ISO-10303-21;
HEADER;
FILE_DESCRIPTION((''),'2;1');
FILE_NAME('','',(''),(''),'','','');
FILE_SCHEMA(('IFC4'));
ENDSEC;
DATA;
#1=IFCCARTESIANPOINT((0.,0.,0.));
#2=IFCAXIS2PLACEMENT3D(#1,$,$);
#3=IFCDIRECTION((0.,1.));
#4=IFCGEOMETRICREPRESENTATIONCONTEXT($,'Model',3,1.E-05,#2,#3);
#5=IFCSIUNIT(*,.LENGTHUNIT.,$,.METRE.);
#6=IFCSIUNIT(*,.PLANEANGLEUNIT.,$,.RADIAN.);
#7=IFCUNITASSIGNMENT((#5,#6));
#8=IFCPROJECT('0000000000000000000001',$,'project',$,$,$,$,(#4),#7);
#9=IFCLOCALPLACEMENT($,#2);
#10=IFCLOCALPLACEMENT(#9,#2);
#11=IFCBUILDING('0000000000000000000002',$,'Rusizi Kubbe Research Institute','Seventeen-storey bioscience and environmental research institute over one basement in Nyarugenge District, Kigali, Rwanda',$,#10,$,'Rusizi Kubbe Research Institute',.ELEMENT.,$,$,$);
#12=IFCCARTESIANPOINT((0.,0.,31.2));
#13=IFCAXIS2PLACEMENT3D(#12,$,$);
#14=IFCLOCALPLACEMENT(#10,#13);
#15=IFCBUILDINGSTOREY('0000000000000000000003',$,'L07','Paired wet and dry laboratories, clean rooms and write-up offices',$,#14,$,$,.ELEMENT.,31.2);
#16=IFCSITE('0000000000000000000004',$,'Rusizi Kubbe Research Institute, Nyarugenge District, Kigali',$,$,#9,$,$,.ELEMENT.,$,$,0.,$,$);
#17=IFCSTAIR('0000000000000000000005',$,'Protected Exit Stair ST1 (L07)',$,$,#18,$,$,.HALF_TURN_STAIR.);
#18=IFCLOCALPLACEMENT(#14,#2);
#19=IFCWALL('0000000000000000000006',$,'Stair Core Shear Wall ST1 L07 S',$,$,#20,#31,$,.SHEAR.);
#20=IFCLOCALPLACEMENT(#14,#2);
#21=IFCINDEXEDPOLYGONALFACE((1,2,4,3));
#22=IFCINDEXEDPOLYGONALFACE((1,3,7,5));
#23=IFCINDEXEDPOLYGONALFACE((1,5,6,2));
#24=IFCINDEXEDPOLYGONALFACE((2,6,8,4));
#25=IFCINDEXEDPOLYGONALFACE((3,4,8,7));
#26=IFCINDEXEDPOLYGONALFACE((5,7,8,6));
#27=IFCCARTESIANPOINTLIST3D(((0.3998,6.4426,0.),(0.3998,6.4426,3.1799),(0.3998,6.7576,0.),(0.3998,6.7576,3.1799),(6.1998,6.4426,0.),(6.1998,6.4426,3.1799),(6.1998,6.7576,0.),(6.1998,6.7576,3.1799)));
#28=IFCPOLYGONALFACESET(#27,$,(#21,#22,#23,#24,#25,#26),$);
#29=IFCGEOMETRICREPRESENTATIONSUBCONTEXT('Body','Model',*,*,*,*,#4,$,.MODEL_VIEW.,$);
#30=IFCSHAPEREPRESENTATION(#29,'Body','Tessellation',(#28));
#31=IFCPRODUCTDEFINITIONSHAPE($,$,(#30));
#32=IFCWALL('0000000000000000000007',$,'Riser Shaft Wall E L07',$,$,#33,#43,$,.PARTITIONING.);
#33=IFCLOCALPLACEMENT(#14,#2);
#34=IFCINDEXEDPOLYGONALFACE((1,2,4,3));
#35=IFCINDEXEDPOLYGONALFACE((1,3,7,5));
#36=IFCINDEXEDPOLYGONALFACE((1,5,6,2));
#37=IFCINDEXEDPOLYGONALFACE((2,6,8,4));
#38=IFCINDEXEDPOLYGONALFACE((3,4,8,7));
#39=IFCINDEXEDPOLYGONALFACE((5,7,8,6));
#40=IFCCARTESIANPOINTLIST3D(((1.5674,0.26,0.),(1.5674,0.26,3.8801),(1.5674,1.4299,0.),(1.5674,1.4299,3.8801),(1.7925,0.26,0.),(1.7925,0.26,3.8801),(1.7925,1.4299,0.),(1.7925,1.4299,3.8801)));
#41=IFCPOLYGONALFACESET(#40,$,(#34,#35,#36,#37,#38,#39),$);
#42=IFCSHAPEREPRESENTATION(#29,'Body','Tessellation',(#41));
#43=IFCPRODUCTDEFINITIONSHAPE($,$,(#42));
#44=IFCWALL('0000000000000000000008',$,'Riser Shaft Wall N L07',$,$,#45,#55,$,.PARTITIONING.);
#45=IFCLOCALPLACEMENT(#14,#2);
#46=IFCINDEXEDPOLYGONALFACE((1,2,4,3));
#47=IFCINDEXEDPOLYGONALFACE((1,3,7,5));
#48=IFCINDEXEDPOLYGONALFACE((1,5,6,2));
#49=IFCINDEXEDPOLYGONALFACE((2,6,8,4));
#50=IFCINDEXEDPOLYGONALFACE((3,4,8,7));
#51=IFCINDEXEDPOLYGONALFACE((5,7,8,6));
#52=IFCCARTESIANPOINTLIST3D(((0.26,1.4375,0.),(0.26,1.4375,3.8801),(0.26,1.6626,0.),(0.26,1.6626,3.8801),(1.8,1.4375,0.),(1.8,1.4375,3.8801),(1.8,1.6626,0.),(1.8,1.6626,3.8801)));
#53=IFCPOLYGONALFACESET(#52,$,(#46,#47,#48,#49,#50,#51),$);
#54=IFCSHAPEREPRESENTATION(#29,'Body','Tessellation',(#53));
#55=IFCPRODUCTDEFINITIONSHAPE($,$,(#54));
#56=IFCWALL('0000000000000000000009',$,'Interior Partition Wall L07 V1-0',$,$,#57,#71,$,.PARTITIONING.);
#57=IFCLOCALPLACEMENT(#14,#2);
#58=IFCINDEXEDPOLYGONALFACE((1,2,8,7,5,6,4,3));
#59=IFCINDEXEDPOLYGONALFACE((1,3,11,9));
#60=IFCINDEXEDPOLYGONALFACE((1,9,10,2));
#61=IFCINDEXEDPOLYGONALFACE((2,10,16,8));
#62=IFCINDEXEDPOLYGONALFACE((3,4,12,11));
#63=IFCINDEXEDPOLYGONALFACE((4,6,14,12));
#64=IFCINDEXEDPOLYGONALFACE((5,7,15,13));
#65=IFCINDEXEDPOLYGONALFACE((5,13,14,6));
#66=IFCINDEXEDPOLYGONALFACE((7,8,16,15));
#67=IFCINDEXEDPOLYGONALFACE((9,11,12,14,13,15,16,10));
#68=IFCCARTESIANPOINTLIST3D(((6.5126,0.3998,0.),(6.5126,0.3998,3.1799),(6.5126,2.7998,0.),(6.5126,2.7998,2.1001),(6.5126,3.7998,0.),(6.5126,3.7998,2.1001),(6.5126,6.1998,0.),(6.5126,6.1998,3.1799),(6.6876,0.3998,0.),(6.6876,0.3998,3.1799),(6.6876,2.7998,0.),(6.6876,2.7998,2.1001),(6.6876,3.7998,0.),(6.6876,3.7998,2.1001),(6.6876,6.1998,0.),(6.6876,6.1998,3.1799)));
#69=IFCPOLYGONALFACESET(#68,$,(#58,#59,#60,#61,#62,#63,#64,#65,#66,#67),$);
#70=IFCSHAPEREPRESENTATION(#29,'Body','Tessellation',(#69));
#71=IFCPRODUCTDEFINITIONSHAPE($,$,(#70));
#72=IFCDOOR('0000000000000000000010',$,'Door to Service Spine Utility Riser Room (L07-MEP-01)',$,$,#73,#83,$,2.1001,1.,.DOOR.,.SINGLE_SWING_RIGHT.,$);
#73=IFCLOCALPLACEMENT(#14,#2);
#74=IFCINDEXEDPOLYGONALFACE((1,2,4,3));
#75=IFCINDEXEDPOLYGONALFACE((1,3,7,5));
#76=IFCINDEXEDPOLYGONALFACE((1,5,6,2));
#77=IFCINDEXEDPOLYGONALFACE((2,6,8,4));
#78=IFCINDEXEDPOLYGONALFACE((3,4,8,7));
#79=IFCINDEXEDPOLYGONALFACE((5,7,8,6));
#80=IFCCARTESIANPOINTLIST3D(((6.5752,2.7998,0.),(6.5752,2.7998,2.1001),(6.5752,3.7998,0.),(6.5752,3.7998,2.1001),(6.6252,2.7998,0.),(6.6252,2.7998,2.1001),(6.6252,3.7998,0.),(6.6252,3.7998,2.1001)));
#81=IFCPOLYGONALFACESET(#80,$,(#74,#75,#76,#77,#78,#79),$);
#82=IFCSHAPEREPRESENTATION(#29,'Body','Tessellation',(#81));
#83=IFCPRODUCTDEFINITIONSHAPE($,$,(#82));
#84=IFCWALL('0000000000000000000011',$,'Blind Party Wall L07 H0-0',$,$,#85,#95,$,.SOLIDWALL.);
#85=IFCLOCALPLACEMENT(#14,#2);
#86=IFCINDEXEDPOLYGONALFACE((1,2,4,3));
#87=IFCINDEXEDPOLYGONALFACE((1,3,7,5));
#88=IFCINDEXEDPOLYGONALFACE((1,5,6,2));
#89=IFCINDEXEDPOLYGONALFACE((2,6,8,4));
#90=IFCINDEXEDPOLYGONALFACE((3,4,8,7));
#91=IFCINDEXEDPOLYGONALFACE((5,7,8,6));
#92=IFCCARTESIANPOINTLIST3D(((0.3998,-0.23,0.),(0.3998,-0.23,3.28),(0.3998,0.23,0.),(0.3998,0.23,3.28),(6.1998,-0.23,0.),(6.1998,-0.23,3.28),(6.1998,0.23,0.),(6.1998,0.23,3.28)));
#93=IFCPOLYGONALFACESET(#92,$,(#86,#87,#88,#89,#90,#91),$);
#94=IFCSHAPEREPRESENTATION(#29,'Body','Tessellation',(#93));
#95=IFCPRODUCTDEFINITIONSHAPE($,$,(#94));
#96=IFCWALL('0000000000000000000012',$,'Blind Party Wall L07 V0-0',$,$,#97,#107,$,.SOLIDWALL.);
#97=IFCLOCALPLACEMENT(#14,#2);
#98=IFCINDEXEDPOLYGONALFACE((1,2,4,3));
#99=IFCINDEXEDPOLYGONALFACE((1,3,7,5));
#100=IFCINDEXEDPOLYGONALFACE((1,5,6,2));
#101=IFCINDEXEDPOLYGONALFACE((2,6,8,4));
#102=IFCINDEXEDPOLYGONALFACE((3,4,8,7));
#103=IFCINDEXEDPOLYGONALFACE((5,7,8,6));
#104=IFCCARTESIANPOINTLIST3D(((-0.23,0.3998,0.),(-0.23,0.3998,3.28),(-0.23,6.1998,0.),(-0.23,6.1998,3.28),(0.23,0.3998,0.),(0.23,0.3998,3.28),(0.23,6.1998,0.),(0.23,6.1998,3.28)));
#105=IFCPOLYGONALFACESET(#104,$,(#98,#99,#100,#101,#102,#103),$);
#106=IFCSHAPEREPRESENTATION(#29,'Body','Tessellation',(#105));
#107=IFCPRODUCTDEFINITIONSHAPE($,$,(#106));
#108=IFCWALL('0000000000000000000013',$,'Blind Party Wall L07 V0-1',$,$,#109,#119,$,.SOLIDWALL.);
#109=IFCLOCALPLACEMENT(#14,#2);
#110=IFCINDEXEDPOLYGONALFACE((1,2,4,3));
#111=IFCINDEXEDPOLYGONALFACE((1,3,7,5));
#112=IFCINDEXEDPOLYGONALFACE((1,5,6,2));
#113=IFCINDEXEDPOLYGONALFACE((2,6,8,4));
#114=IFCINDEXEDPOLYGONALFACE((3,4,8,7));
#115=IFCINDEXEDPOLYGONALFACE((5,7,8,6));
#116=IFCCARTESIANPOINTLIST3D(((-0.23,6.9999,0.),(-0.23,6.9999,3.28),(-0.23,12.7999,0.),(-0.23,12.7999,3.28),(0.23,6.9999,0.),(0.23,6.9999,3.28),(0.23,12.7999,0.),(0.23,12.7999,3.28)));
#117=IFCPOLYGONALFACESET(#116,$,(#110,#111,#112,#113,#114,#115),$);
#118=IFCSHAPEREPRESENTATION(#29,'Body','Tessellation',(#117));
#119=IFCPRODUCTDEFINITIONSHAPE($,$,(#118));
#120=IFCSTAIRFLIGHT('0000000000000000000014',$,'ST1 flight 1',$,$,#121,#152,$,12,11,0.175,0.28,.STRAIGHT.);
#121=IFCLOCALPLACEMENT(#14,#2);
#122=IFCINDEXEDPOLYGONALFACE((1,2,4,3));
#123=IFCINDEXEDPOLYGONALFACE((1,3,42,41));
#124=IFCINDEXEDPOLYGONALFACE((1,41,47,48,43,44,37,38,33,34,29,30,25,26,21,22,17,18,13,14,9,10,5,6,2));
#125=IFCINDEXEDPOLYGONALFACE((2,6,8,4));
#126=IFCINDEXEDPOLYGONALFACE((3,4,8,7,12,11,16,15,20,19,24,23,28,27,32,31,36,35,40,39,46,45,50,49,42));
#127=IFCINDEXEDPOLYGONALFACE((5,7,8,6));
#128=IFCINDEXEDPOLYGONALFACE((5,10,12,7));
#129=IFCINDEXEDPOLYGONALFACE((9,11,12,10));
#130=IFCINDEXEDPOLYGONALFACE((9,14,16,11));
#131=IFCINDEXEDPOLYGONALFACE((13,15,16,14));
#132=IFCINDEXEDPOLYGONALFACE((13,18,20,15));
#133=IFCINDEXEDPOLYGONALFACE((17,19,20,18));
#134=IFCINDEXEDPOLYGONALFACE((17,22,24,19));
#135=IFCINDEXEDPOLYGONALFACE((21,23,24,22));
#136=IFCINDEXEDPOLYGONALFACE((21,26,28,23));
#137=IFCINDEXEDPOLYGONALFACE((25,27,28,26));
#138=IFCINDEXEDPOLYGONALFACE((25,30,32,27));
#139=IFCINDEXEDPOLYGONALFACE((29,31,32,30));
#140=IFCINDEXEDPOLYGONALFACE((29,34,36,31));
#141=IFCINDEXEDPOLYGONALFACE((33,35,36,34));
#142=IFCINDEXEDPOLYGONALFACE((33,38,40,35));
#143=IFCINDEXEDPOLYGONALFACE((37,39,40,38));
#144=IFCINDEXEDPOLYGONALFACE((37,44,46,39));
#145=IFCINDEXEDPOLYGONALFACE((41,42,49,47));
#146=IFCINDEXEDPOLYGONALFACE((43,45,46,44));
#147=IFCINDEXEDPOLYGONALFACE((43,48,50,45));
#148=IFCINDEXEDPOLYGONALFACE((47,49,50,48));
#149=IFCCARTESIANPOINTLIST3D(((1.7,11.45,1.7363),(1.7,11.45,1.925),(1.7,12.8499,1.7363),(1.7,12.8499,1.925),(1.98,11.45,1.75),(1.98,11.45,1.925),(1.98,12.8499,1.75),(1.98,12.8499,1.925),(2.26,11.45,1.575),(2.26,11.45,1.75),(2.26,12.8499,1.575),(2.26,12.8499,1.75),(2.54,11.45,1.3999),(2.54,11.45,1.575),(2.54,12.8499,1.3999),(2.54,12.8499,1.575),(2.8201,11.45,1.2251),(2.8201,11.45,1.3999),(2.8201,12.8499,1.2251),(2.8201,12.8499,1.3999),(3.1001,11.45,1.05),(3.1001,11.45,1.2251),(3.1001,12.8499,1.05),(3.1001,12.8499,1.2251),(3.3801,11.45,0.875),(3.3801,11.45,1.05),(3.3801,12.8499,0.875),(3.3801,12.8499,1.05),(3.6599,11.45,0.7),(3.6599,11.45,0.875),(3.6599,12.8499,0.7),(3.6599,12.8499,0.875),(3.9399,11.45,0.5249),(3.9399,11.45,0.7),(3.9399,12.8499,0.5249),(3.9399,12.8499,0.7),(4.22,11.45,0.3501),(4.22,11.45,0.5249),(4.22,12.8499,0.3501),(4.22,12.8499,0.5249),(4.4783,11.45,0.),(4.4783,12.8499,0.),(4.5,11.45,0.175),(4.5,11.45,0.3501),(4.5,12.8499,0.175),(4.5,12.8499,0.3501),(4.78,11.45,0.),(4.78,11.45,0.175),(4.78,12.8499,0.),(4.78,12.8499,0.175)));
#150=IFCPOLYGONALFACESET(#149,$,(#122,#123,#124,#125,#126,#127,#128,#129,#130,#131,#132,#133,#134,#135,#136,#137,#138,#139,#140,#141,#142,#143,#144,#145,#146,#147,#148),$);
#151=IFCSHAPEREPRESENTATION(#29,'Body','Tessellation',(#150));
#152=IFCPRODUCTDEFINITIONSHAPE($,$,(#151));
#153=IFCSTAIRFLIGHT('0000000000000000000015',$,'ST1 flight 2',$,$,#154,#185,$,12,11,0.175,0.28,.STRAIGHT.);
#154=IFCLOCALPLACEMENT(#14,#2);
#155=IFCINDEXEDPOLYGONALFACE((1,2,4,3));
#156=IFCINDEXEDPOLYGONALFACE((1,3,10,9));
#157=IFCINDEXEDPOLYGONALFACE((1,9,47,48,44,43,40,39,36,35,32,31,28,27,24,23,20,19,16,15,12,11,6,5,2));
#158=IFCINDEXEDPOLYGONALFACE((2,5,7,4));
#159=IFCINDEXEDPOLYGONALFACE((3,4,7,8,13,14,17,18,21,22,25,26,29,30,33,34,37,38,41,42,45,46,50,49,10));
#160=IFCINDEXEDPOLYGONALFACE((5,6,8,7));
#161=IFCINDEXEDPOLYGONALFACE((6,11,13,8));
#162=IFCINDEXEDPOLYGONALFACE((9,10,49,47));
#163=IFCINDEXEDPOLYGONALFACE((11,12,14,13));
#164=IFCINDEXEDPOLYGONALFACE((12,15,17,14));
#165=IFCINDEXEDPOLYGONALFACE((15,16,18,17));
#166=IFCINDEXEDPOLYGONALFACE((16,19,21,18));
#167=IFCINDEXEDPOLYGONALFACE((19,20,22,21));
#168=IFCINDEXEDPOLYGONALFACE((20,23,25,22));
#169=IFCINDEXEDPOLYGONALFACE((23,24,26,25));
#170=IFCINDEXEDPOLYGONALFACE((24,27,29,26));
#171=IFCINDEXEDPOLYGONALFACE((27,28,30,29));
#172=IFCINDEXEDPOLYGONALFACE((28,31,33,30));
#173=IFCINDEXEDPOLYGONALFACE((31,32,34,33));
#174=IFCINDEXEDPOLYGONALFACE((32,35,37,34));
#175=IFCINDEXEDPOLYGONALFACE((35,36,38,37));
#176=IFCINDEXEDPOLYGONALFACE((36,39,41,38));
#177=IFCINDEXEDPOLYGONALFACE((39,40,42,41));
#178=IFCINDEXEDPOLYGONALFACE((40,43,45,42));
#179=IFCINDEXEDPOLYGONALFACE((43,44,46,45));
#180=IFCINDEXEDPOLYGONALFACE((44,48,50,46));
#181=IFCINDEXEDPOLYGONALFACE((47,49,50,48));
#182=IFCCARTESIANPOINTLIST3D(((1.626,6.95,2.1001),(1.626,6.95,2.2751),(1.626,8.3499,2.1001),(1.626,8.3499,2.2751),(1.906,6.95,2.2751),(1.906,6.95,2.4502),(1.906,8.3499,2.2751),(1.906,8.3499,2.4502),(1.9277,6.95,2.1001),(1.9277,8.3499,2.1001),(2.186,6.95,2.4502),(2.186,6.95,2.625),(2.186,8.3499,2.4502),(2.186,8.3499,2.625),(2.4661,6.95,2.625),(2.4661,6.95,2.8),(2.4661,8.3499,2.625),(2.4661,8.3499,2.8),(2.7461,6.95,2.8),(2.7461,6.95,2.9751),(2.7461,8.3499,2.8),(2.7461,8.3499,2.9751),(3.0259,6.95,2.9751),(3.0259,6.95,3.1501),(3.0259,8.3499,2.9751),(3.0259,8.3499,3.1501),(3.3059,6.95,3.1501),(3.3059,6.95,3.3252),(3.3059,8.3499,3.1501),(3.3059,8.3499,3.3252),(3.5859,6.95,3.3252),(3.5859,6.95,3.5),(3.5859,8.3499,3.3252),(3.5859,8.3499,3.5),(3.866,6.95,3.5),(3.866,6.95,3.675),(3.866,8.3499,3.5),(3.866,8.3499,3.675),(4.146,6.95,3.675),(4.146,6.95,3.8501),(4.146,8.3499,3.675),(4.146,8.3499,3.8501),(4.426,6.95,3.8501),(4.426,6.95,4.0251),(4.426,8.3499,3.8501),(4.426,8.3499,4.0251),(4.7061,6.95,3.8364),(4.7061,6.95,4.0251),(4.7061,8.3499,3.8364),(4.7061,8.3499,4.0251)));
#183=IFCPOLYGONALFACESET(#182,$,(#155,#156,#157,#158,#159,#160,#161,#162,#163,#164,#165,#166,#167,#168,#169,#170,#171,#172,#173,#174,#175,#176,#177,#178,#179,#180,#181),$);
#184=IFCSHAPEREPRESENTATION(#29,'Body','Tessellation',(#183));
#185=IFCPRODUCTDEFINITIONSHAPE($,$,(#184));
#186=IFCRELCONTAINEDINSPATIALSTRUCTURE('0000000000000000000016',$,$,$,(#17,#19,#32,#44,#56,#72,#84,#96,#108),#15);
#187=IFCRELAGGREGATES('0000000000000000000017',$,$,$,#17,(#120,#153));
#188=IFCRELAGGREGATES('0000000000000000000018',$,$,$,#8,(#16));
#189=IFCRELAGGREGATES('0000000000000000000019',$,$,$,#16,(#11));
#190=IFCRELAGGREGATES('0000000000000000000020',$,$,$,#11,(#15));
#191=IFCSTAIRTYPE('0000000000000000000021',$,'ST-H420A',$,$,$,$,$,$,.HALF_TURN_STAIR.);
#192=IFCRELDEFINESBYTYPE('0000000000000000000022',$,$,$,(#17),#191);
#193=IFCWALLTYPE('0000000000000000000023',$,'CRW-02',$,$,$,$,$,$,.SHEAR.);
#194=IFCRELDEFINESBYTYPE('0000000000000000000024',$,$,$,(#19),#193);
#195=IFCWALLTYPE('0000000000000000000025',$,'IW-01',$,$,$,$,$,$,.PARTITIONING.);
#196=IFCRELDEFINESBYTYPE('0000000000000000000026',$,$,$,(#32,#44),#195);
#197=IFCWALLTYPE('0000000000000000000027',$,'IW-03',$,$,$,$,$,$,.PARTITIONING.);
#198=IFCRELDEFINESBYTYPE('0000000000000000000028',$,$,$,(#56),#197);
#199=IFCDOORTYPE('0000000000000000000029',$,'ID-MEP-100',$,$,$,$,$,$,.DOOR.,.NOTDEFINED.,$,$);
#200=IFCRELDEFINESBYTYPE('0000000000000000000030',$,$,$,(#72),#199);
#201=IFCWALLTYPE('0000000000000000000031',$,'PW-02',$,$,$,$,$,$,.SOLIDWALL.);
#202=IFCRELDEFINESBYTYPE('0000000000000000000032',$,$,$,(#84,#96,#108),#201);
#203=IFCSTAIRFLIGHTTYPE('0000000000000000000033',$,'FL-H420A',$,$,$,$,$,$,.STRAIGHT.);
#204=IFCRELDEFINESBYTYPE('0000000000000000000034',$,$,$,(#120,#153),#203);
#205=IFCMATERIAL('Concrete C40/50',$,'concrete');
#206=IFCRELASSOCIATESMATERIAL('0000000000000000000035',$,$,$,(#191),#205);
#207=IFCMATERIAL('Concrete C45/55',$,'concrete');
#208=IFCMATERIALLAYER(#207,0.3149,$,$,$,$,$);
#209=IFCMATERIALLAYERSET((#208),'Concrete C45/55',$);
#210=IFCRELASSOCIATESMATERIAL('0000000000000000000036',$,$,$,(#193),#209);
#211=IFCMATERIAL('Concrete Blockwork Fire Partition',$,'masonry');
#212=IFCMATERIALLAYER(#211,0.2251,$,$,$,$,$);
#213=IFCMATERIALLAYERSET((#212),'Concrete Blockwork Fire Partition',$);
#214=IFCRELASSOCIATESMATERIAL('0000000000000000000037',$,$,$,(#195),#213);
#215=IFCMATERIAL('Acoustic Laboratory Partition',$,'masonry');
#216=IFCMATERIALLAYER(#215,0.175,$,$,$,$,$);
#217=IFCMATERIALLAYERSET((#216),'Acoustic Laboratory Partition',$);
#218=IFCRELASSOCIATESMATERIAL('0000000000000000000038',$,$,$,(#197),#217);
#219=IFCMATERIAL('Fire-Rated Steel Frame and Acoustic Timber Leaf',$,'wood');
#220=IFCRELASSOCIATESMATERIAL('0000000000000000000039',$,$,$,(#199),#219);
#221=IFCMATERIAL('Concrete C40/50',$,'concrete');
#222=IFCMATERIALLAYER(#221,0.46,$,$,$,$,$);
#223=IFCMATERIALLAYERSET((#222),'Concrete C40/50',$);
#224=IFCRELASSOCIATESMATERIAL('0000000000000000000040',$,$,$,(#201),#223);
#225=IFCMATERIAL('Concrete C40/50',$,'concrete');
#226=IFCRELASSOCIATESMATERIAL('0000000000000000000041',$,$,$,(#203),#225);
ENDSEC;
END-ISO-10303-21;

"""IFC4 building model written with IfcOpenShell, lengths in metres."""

from ifc_helpers import new_model, si_unit, direction, frame, frame_2d, origin, place, context, subcontext, project, spatial, polyline, rectangle, outline, extrude, material, layer, layer_set, type_object, element, fill, aggregate, save


model = new_model("IFC4")

# Units and contexts
model_context = context("Model", 3, precision=1e-05, world=origin(), true_north=direction((0.0, 1.0)))
body_context = subcontext(model_context, "Body", "Model", "MODEL_VIEW")
ifc_project = project(units=[si_unit("LENGTHUNIT", "METRE"), si_unit("PLANEANGLEUNIT", "RADIAN")], contexts=[model_context])

# Site, building, storey
site_placement = place(None, origin())
site = spatial("IfcSite", under=ifc_project, at=site_placement, Name="Rusizi Kubbe Research Institute, Nyarugenge District, Kigali", CompositionType="ELEMENT", RefElevation=0.0)
building_placement = place(site_placement, origin())
building = spatial("IfcBuilding", under=site, at=building_placement, Name="Rusizi Kubbe Research Institute", Description="Seventeen-storey bioscience and environmental research institute over one basement in Nyarugenge District, Kigali, Rwanda", LongName="Rusizi Kubbe Research Institute", CompositionType="ELEMENT")
storey_placement = place(building_placement, frame((0.0, 0.0, 31.2)))
storey = spatial("IfcBuildingStorey", under=building, at=storey_placement, Name="L07", Description="Paired wet and dry laboratories, clean rooms and write-up offices", CompositionType="ELEMENT", Elevation=31.2)

# Stair
ifc_material_1 = material(Name="Concrete C40/50", Category="concrete")
stair_type_1 = type_object("IfcStairType", Name="ST-H420A", PredefinedType="HALF_TURN_STAIR", material=ifc_material_1)
stair_1_placement = place(storey_placement, origin())
stair_1 = element("IfcStair", 1, at=stair_1_placement, inside=storey, type_object=stair_type_1, Name="Protected Exit Stair ST1 (L07)", PredefinedType="HALF_TURN_STAIR")

# Wall
ifc_material_2 = material(Name="Concrete C45/55", Category="concrete")
ifc_layer_1 = layer(ifc_material_2, 0.3149)
ifc_layer_set_1 = layer_set([ifc_layer_1], Name="Concrete C45/55")
wall_type_1 = type_object("IfcWallType", Name="CRW-02", PredefinedType="SHEAR", material=ifc_layer_set_1)
wall_1_placement = place(storey_placement, frame((0.3999, 6.6001, 0.0), z_axis=(0.0, 0.0, 1.0), x_axis=(1.0, 0.0, 0.0)))
element("IfcWall", 2, at=wall_1_placement, inside=storey, type_object=wall_type_1, Name="Stair Core Shear Wall ST1 L07 S", PredefinedType="SHEAR", context=body_context, shape_type="SweptSolid", body=[
    extrude(rectangle(XDim=5.8, YDim=0.3149, at=frame_2d((2.8999, 0.0))), origin(), (0.0, 0.0, 1.0), 3.1799),
])

# Walls
ifc_material_3 = material(Name="Concrete Blockwork Fire Partition", Category="masonry")
ifc_layer_2 = layer(ifc_material_3, 0.2251)
ifc_layer_set_2 = layer_set([ifc_layer_2], Name="Concrete Blockwork Fire Partition")
wall_type_2 = type_object("IfcWallType", Name="IW-01", PredefinedType="PARTITIONING", material=ifc_layer_set_2)
wall_2_placement = place(storey_placement, frame((1.6799, 0.26, 0.0), z_axis=(0.0, 0.0, 1.0), x_axis=(0.0, 1.0, 0.0)))
element("IfcWall", 3, at=wall_2_placement, inside=storey, type_object=wall_type_2, Name="Riser Shaft Wall E L07", PredefinedType="PARTITIONING", context=body_context, shape_type="SweptSolid", body=[
    extrude(rectangle(XDim=1.1699, YDim=0.2251, at=frame_2d((0.585, 0.0))), origin(), (0.0, 0.0, 1.0), 3.8801),
])
wall_3_placement = place(storey_placement, frame((0.26, 1.55, 0.0), z_axis=(0.0, 0.0, 1.0), x_axis=(1.0, 0.0, 0.0)))
element("IfcWall", 4, at=wall_3_placement, inside=storey, type_object=wall_type_2, Name="Riser Shaft Wall N L07", PredefinedType="PARTITIONING", context=body_context, shape_type="SweptSolid", body=[
    extrude(rectangle(XDim=1.54, YDim=0.2251, at=frame_2d((0.77, 0.0))), origin(), (0.0, 0.0, 1.0), 3.8801),
])

# Wall, opening, door
ifc_material_4 = material(Name="Acoustic Laboratory Partition", Category="masonry")
ifc_layer_3 = layer(ifc_material_4, 0.175)
ifc_layer_set_3 = layer_set([ifc_layer_3], Name="Acoustic Laboratory Partition")
wall_type_3 = type_object("IfcWallType", Name="IW-03", PredefinedType="PARTITIONING", material=ifc_layer_set_3)
wall_4_placement = place(storey_placement, frame((6.6001, 0.3999, 0.0), z_axis=(0.0, 0.0, 1.0), x_axis=(0.0, 1.0, 0.0)))
wall_4 = element("IfcWall", 5, at=wall_4_placement, inside=storey, type_object=wall_type_3, Name="Interior Partition Wall L07 V1-0", PredefinedType="PARTITIONING", context=body_context, shape_type="SweptSolid", body=[
    extrude(rectangle(XDim=5.8, YDim=0.175, at=frame_2d((2.8999, 0.0))), origin(), (0.0, 0.0, 1.0), 3.1799),
])
opening_1_placement = place(wall_4_placement, frame((2.3999, 0.0, 0.0)))
opening_1 = element("IfcOpeningElement", 6, at=opening_1_placement, cuts=wall_4, PredefinedType="OPENING", context=body_context, shape_type="SweptSolid", body=[
    extrude(rectangle(XDim=1.0, YDim=2.1001, at=frame_2d((0.5, 1.05))), frame((0.0, 0.0974, 0.0), z_axis=(0.0, -1.0, 0.0), x_axis=(1.0, 0.0, 0.0)), (0.0, 0.0, 1.0), 0.1951),
])
ifc_material_5 = material(Name="Fire-Rated Steel Frame and Acoustic Timber Leaf", Category="wood")
door_type_1 = type_object("IfcDoorType", Name="ID-MEP-100", OperationType="NOTDEFINED", PredefinedType="DOOR", material=ifc_material_5)
door_1_placement = place(opening_1_placement, origin())
door_1 = element("IfcDoor", 7, at=door_1_placement, inside=storey, type_object=door_type_1, Name="Door to Service Spine Utility Riser Room (L07-MEP-01)", OperationType="SINGLE_SWING_RIGHT", OverallHeight=2.1001, OverallWidth=1.0, PredefinedType="DOOR", context=body_context, shape_type="SweptSolid", body=[
    extrude(rectangle(XDim=1.0, YDim=2.1001, at=frame_2d((0.5, 1.05))), frame((0.0, 0.0249, 0.0), z_axis=(0.0, -1.0, 0.0), x_axis=(1.0, 0.0, 0.0)), (0.0, 0.0, 1.0), 0.05),
])
fill(opening_1, door_1)

# Walls
ifc_material_6 = material(Name="Concrete C40/50", Category="concrete")
ifc_layer_4 = layer(ifc_material_6, 0.46)
ifc_layer_set_4 = layer_set([ifc_layer_4], Name="Concrete C40/50")
wall_type_4 = type_object("IfcWallType", Name="PW-02", PredefinedType="SOLIDWALL", material=ifc_layer_set_4)
for number, where, z_axis, x_axis, name in (
    (8, (0.3999, 0.0, 0.0), (0.0, 0.0, 1.0), (1.0, 0.0, 0.0), "Blind Party Wall L07 H0-0"),
    (9, (0.0, 0.3999, 0.0), (0.0, 0.0, 1.0), (0.0, 1.0, 0.0), "Blind Party Wall L07 V0-0"),
    (10, (0.0, 7.0, 0.0), (0.0, 0.0, 1.0), (0.0, 1.0, 0.0), "Blind Party Wall L07 V0-1"),
):
    element("IfcWall", number, at=place(storey_placement, frame(where, z_axis=z_axis, x_axis=x_axis)), inside=storey, type_object=wall_type_4, Name=name, PredefinedType="SOLIDWALL", context=body_context, shape_type="SweptSolid", body=[
        extrude(rectangle(XDim=5.8, YDim=0.46, at=frame_2d((2.8999, 0.0))), origin(), (0.0, 0.0, 1.0), 3.28),
    ])

# Stair flights
ifc_material_7 = material(Name="Concrete C40/50", Category="concrete")
stair_flight_type = type_object("IfcStairFlightType", Name="FL-H420A", PredefinedType="STRAIGHT", material=ifc_material_7)
stair_flight_1_placement = place(storey_placement, frame((4.78, 12.1499, 0.0), z_axis=(0.0, 0.0, 1.0), x_axis=(-1.0, 0.0, 0.0)))
stair_flight_1 = element("IfcStairFlight", 11, at=stair_flight_1_placement, type_object=stair_flight_type, Name="ST1 flight 1", NumberOfRisers=12, NumberOfTreads=11, PredefinedType="STRAIGHT", RiserHeight=0.175, TreadLength=0.28, context=body_context, shape_type="SweptSolid", body=[
    extrude(outline(polyline([(0.0, 0.0), (0.0, 0.175), (0.28, 0.175), (0.28, 0.3501), (0.5601, 0.3501), (0.5601, 0.5249), (0.8401, 0.5249), (0.8401, 0.7), (1.1201, 0.7), (1.1201, 0.875), (1.3999, 0.875), (1.3999, 1.05), (1.6799, 1.05), (1.6799, 1.2251), (1.96, 1.2251), (1.96, 1.3999), (2.24, 1.3999), (2.24, 1.575), (2.52, 1.575), (2.52, 1.75), (2.8, 1.75), (2.8, 1.925), (3.0801, 1.925), (3.0801, 2.1001), (3.0801, 1.7363), (0.3018, 0.0), (0.0, 0.0)])), frame((0.0, 0.7, 0.0), z_axis=(0.0, -1.0, 0.0), x_axis=(1.0, 0.0, 0.0)), (0.0, 0.0, 1.0), 1.3999),
])
stair_flight_2_placement = place(storey_placement, frame((1.626, 7.6499, 2.1001), z_axis=(0.0, 0.0, 1.0), x_axis=(1.0, 0.0, 0.0)))
stair_flight_2 = element("IfcStairFlight", 12, at=stair_flight_2_placement, type_object=stair_flight_type, Name="ST1 flight 2", NumberOfRisers=12, NumberOfTreads=11, PredefinedType="STRAIGHT", RiserHeight=0.175, TreadLength=0.28, context=body_context, shape_type="SweptSolid", body=[
    extrude(outline(polyline([(0.0, 0.0), (0.0, 0.175), (0.28, 0.175), (0.28, 0.3501), (0.5601, 0.3501), (0.5601, 0.5249), (0.8401, 0.5249), (0.8401, 0.7), (1.1201, 0.7), (1.1201, 0.875), (1.3999, 0.875), (1.3999, 1.05), (1.6799, 1.05), (1.6799, 1.2251), (1.96, 1.2251), (1.96, 1.3999), (2.24, 1.3999), (2.24, 1.575), (2.52, 1.575), (2.52, 1.75), (2.8, 1.75), (2.8, 1.925), (3.0801, 1.925), (3.0801, 2.1001), (3.0801, 1.7363), (0.3018, 0.0), (0.0, 0.0)])), frame((0.0, 0.7, 0.0), z_axis=(0.0, -1.0, 0.0), x_axis=(1.0, 0.0, 0.0)), (0.0, 0.0, 1.0), 1.3999),
])
aggregate(stair_1, [stair_flight_1, stair_flight_2])

save(model, "model.ifc")
